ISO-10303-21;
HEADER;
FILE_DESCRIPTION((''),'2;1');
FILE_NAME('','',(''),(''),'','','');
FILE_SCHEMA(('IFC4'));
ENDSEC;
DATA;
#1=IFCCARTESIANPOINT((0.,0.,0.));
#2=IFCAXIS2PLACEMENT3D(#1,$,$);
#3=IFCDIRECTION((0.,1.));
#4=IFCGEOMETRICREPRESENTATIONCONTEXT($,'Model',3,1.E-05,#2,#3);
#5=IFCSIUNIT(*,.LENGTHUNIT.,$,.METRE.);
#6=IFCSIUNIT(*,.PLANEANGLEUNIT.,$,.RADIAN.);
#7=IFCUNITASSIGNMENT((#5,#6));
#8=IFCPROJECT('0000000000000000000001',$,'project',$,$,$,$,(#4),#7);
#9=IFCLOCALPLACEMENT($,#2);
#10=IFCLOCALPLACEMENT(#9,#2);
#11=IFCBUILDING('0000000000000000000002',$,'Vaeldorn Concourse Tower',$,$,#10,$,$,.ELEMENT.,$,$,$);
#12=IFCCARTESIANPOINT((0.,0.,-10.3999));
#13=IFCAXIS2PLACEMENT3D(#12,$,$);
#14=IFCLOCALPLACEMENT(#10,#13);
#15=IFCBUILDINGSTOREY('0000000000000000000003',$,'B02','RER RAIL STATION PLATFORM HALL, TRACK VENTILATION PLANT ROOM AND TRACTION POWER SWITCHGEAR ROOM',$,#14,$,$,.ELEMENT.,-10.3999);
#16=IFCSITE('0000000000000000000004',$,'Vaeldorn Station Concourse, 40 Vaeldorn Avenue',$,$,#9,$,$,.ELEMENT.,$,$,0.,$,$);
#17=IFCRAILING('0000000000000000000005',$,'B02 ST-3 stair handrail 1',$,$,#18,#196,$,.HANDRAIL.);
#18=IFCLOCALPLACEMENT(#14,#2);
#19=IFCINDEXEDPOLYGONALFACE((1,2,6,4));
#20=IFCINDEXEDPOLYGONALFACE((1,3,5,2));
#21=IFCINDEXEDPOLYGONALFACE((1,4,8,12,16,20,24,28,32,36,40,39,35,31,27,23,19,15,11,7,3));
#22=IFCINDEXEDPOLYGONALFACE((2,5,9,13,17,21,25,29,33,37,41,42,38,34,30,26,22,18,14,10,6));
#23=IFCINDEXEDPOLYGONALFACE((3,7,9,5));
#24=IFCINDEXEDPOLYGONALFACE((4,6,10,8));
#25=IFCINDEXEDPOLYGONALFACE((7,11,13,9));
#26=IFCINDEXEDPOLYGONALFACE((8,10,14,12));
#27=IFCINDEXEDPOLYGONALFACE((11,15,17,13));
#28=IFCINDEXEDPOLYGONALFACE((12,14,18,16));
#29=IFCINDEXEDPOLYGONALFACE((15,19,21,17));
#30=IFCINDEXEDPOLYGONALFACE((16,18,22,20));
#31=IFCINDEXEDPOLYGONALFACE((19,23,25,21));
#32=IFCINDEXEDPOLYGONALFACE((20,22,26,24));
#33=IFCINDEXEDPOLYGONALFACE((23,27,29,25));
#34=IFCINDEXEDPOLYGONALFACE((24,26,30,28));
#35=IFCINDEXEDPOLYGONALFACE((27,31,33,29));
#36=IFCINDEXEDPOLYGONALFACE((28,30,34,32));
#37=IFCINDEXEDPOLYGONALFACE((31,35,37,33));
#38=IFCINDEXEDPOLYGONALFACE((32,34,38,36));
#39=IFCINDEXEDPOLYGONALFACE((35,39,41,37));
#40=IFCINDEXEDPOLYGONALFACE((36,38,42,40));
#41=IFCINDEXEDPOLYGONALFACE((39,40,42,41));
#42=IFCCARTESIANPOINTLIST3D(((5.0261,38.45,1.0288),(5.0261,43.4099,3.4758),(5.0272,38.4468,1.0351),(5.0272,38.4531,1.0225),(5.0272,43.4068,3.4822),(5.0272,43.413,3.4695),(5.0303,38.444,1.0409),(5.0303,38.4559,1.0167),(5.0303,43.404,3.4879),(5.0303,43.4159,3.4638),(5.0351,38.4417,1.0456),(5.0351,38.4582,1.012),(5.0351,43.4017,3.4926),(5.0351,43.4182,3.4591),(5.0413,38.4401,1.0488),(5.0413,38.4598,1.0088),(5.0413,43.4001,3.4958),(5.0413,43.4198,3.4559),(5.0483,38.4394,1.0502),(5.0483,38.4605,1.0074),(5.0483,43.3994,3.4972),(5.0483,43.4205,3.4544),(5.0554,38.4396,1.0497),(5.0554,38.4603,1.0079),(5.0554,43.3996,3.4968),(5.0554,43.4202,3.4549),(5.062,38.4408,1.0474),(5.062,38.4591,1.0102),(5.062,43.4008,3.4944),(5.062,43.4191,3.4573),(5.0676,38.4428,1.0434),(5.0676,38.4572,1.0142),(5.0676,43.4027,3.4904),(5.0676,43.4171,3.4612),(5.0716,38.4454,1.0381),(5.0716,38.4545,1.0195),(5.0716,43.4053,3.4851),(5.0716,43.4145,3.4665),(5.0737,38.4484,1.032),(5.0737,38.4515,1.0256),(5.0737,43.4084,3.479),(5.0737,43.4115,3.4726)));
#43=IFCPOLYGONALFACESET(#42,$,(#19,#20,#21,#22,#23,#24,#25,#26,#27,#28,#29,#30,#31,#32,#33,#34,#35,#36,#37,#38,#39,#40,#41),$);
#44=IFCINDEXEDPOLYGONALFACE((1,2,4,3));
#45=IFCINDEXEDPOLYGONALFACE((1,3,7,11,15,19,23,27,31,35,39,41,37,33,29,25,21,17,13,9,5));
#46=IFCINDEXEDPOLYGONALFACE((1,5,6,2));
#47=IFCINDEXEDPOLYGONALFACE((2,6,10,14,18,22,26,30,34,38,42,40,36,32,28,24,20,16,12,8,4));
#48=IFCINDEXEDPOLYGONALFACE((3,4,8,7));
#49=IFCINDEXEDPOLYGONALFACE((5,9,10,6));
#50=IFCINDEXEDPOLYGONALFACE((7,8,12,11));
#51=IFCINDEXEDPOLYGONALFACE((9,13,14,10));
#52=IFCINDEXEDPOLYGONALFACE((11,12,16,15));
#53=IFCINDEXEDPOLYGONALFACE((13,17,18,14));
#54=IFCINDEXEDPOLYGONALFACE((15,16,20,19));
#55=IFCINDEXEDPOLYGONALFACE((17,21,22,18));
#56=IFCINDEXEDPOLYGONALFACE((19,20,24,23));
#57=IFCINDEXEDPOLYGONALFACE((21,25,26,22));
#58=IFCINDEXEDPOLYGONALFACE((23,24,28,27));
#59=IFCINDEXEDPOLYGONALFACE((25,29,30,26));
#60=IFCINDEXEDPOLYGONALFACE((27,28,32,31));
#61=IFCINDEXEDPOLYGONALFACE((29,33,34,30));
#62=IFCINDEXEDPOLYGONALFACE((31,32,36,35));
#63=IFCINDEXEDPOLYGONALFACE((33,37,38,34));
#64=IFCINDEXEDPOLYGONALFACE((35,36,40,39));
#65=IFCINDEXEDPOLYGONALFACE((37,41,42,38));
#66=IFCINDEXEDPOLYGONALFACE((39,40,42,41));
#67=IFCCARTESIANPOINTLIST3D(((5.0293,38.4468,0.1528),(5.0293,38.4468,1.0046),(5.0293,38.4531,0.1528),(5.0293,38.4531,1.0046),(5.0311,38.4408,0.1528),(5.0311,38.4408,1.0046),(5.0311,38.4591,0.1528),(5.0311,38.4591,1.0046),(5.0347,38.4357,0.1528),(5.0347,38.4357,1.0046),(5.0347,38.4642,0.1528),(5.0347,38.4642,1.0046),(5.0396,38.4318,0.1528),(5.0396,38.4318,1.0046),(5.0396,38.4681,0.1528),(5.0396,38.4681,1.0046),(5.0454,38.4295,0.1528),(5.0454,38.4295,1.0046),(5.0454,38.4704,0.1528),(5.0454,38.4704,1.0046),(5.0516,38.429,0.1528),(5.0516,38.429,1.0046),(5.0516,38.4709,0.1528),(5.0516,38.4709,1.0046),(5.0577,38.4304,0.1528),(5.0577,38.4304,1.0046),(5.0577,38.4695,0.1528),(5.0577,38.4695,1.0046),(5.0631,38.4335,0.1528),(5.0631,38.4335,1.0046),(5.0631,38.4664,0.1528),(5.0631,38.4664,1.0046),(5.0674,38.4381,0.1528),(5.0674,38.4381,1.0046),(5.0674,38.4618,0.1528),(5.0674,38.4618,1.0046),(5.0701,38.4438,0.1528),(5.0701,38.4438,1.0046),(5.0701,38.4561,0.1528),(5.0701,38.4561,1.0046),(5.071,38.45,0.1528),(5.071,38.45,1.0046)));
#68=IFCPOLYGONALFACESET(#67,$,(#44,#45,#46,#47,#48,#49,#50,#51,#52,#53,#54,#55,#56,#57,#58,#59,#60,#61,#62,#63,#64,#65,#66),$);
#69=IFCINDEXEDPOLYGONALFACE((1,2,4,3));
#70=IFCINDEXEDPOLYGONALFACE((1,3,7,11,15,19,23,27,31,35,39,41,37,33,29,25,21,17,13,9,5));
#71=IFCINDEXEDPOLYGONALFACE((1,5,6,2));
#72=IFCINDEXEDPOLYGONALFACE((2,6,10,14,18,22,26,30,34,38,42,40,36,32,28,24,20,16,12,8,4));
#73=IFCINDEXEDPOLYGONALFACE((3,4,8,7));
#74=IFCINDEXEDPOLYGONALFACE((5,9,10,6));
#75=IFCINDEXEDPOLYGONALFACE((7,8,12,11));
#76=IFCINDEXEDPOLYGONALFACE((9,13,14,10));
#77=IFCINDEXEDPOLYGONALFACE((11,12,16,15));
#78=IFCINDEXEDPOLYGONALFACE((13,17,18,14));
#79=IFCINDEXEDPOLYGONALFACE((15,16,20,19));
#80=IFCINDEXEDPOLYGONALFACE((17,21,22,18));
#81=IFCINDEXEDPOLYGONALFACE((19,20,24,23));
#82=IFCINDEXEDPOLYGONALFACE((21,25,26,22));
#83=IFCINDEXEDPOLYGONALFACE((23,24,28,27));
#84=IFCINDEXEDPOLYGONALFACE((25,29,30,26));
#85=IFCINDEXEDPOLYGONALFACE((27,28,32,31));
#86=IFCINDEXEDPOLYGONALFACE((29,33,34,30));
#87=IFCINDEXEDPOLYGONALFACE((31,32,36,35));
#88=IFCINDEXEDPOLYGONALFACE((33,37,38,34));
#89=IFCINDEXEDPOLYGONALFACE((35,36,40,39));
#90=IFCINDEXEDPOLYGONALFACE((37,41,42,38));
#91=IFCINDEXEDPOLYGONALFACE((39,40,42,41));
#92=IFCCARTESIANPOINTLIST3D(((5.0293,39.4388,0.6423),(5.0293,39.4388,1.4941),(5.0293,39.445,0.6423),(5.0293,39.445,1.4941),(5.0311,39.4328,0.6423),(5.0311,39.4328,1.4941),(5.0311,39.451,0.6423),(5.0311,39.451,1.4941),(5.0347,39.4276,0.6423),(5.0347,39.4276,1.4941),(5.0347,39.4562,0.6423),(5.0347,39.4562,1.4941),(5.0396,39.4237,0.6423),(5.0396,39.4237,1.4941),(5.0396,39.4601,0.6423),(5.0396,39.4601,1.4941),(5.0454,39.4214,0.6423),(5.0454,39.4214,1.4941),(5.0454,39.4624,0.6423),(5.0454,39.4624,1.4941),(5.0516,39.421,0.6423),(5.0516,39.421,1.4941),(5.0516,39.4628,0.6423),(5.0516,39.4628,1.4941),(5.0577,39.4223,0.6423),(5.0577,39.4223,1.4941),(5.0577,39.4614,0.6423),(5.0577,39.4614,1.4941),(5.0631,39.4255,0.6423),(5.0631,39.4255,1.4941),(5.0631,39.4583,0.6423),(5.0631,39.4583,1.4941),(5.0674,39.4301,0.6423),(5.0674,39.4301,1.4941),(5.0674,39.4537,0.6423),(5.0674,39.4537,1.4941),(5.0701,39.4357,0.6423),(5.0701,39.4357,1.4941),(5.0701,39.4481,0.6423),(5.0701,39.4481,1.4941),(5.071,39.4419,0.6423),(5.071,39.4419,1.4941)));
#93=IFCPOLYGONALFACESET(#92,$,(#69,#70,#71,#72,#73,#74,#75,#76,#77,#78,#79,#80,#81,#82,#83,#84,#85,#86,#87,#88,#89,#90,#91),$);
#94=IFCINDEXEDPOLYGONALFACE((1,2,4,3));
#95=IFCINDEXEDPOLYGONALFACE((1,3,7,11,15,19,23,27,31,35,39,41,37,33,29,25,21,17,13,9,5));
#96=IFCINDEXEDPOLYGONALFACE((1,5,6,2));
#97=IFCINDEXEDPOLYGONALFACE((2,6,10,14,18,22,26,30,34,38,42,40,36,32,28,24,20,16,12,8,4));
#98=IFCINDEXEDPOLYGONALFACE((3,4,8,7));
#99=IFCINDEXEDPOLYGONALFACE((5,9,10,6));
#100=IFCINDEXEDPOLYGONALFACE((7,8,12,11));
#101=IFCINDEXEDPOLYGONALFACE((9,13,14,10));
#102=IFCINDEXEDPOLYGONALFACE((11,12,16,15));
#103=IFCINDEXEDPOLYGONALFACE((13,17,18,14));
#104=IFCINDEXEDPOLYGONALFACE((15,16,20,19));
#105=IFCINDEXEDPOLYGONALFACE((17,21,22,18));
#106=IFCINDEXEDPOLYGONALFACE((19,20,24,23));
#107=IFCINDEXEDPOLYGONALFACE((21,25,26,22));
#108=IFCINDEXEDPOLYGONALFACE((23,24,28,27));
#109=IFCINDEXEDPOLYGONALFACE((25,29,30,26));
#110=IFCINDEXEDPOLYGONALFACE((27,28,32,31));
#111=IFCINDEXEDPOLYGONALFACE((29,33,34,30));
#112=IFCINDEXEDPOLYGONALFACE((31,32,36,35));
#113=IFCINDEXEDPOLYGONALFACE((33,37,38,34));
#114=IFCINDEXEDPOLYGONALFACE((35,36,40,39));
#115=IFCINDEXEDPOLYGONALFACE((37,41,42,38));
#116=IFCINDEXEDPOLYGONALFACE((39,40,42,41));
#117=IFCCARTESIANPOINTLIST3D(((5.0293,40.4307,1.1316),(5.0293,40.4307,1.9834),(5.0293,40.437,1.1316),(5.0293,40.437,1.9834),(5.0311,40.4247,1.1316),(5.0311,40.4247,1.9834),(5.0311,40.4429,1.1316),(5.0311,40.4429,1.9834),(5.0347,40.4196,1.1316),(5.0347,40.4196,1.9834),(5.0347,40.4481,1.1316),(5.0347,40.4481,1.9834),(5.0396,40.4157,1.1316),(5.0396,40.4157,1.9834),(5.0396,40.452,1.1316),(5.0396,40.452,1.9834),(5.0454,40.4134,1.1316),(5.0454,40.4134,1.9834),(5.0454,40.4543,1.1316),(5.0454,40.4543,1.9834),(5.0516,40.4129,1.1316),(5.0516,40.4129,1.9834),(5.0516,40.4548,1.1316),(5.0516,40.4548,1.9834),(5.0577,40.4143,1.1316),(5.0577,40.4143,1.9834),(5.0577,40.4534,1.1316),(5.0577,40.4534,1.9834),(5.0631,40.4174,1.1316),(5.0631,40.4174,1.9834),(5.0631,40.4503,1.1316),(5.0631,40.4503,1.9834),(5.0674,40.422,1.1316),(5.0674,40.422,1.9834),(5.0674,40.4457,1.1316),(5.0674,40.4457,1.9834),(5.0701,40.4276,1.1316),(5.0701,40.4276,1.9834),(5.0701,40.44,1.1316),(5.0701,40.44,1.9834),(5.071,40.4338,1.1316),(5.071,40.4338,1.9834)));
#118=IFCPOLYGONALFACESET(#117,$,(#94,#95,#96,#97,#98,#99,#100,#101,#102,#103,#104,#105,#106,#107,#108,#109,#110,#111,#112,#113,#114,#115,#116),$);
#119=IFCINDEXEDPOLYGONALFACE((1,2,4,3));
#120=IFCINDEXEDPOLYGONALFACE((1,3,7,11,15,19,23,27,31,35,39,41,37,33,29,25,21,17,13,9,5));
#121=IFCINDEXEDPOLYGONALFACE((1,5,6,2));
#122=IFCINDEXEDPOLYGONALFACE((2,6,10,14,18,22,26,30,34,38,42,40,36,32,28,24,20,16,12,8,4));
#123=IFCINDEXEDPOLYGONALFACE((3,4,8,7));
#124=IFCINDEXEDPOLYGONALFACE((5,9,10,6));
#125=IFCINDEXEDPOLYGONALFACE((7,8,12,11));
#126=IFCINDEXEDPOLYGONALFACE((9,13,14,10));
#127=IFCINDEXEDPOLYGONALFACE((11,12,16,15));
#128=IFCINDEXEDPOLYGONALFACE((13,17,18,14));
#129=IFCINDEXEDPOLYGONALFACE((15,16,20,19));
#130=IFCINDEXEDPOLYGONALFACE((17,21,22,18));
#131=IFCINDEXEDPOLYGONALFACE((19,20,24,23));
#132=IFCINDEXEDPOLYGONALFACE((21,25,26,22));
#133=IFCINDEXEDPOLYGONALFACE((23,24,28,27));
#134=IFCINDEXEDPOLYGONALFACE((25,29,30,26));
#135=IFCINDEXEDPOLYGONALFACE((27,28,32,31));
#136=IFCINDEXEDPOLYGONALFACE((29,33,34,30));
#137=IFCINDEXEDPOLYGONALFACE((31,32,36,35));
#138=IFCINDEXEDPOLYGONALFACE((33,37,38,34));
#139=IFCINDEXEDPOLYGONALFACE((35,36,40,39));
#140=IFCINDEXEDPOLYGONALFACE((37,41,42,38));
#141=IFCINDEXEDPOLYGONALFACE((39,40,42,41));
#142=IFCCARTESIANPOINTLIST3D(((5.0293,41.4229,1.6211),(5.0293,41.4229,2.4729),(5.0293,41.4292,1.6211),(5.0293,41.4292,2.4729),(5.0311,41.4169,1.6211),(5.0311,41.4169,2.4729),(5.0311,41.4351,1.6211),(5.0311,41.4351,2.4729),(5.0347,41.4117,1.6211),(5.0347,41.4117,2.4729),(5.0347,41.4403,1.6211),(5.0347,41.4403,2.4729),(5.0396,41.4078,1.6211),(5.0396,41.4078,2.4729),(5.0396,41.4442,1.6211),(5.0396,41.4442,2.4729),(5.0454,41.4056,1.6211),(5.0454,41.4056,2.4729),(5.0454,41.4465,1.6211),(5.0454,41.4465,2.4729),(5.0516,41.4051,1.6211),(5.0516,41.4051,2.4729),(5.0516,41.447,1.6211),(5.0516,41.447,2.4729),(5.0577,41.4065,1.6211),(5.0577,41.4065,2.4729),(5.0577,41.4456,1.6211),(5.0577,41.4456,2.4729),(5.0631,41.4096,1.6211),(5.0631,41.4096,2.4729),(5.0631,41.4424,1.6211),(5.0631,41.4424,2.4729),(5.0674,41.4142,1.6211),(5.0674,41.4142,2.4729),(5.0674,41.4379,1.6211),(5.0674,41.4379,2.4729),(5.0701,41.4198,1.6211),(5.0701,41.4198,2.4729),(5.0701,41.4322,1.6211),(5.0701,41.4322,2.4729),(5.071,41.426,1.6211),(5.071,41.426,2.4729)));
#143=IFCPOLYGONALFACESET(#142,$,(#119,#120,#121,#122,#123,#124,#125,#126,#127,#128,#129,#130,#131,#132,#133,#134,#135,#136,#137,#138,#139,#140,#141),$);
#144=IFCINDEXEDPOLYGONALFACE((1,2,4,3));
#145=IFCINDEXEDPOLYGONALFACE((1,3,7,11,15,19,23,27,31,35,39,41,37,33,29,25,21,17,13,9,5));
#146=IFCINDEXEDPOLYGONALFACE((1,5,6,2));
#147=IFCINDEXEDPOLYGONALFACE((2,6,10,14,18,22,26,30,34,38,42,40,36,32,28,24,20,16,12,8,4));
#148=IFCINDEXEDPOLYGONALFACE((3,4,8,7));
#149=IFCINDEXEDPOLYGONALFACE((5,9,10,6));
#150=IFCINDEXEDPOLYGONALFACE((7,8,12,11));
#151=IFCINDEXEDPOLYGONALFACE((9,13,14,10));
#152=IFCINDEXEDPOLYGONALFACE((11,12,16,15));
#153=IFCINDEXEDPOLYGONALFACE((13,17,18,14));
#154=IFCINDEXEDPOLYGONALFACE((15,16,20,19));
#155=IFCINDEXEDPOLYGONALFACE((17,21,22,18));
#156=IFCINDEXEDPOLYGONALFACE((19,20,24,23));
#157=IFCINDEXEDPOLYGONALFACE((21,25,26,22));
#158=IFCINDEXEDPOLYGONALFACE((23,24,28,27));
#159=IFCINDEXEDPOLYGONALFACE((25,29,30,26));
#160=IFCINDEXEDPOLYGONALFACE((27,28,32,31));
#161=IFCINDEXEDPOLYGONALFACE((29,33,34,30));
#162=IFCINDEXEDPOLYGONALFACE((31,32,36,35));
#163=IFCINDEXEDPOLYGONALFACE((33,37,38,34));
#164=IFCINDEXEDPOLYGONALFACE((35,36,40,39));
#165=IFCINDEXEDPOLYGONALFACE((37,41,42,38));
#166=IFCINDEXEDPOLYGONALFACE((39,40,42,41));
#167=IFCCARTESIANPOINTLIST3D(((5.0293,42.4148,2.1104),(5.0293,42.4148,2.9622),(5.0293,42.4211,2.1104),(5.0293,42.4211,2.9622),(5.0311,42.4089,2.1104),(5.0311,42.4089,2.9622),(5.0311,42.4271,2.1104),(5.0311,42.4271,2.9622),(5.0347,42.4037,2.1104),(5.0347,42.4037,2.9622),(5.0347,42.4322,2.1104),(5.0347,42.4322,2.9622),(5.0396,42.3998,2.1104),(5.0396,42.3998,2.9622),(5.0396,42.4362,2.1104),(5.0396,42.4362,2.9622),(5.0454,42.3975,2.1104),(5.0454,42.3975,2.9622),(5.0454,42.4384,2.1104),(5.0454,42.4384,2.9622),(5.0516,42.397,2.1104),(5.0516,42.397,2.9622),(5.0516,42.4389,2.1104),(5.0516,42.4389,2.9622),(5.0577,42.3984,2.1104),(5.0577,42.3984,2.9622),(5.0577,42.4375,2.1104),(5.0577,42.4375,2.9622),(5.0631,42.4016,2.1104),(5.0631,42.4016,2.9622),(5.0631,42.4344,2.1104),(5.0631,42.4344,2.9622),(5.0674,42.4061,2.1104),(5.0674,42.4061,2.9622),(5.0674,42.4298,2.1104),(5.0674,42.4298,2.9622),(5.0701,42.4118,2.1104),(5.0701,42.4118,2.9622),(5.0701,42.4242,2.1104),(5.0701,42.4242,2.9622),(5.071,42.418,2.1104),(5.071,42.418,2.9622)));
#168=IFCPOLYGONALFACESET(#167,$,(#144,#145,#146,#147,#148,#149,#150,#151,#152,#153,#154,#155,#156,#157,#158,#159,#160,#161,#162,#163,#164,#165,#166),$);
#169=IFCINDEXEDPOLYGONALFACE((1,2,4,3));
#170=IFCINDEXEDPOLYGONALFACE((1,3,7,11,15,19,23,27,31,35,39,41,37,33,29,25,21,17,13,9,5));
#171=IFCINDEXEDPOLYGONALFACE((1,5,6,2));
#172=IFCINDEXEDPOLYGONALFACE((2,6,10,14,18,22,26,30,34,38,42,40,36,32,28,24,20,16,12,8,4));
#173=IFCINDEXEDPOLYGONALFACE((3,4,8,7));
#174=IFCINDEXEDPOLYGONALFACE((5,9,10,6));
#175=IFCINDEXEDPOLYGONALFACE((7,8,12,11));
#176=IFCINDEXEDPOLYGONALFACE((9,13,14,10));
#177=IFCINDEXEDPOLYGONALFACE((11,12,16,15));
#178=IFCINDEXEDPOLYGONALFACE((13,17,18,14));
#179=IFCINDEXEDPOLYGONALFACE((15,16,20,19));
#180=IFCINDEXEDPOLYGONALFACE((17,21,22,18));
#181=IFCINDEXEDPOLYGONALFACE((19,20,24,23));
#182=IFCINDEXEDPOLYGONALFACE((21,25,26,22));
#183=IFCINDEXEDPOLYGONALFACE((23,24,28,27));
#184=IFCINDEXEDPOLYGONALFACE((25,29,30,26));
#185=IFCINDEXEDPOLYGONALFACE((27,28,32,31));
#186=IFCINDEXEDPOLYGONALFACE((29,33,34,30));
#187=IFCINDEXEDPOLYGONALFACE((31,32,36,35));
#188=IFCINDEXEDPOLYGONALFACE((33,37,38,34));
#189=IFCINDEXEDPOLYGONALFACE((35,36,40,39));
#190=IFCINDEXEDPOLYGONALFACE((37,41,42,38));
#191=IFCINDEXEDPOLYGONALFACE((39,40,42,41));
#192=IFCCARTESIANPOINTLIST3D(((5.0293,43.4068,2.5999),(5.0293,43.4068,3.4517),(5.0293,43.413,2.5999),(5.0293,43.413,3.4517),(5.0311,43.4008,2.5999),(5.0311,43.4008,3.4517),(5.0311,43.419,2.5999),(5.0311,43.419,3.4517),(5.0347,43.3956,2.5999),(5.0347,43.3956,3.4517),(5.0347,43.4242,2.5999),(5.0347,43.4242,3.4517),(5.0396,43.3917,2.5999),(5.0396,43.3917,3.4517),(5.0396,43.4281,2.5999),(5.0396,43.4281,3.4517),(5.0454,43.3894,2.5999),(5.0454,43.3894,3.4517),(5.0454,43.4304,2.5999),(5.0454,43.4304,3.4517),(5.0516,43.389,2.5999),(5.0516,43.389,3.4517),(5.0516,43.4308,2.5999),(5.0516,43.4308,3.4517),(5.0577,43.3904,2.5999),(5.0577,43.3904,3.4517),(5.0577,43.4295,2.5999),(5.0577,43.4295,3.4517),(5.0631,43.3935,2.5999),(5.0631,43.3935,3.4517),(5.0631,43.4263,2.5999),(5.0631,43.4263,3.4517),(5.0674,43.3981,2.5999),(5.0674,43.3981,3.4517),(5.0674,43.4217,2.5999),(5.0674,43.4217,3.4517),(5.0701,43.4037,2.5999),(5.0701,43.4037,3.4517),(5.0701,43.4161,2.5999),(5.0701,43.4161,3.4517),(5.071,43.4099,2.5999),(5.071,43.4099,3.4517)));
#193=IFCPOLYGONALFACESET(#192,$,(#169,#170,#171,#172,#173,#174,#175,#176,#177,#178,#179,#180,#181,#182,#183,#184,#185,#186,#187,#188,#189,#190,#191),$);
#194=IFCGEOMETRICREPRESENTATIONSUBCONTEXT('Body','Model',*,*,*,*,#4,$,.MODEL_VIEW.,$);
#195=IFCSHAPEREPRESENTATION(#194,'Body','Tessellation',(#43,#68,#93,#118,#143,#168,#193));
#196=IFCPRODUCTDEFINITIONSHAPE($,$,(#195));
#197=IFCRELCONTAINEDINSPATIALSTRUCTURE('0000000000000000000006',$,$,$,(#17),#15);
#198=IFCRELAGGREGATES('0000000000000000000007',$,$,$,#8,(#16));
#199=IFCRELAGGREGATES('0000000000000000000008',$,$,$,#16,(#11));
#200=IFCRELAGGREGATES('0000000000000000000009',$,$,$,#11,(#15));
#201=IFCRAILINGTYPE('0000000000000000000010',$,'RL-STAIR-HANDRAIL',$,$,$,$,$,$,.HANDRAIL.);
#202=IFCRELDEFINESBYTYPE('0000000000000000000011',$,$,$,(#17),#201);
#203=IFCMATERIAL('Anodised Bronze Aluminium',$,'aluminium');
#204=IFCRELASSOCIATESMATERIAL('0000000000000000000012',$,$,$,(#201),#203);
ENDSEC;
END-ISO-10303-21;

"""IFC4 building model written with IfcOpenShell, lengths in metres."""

from ifc_helpers import new_model, si_unit, direction, frame, origin, origin_2d, place, context, subcontext, project, spatial, circle, extrude, material, type_object, element, save


model = new_model("IFC4")

# Units and contexts
model_context = context("Model", 3, precision=1e-05, world=origin(), true_north=direction((0.0, 1.0)))
body_context = subcontext(model_context, "Body", "Model", "MODEL_VIEW")
ifc_project = project(units=[si_unit("LENGTHUNIT", "METRE"), si_unit("PLANEANGLEUNIT", "RADIAN")], contexts=[model_context])

# Site, building, storey
site_placement = place(None, origin())
site = spatial("IfcSite", under=ifc_project, at=site_placement, Name="Vaeldorn Station Concourse, 40 Vaeldorn Avenue", CompositionType="ELEMENT", RefElevation=0.0)
building_placement = place(site_placement, origin())
building = spatial("IfcBuilding", under=site, at=building_placement, Name="Vaeldorn Concourse Tower", CompositionType="ELEMENT")
storey_placement = place(building_placement, frame((0.0, 0.0, -10.3999)))
storey = spatial("IfcBuildingStorey", under=building, at=storey_placement, Name="B02", Description="RER RAIL STATION PLATFORM HALL, TRACK VENTILATION PLANT ROOM AND TRACTION POWER SWITCHGEAR ROOM", CompositionType="ELEMENT", Elevation=-10.3999)

# Railing
ifc_material_1 = material(Name="Anodised Bronze Aluminium", Category="aluminium")
railing_type_1 = type_object("IfcRailingType", Name="RL-STAIR-HANDRAIL", PredefinedType="HANDRAIL", material=ifc_material_1)
railing_1_placement = place(storey_placement, frame((5.05, 38.45, 0.1528)))
element("IfcRailing", 1, at=railing_1_placement, inside=storey, type_object=railing_type_1, Name="B02 ST-3 stair handrail 1", PredefinedType="HANDRAIL", context=body_context, shape_type="SweptSolid", body=[
    extrude(circle(Radius=0.0239, at=origin_2d()), frame((0.0, 0.0, 0.876), z_axis=(0.0, 0.896798, 0.44244), x_axis=(-1.0, 0.0, 0.0)), (0.0, 0.0, 1.0), 5.5308),
    extrude(circle(Radius=0.021, at=origin_2d()), origin(), (0.0, 0.0, 1.0), 0.8518),
    extrude(circle(Radius=0.021, at=origin_2d()), frame((0.0, 0.9919, 0.4895)), (0.0, 0.0, 1.0), 0.8518),
    extrude(circle(Radius=0.021, at=origin_2d()), frame((0.0, 1.9839, 0.9788)), (0.0, 0.0, 1.0), 0.8518),
    extrude(circle(Radius=0.021, at=origin_2d()), frame((0.0, 2.9761, 1.4683)), (0.0, 0.0, 1.0), 0.8518),
    extrude(circle(Radius=0.021, at=origin_2d()), frame((0.0, 3.968, 1.9575)), (0.0, 0.0, 1.0), 0.8518),
    extrude(circle(Radius=0.021, at=origin_2d()), frame((0.0, 4.96, 2.447)), (0.0, 0.0, 1.0), 0.8518),
])

save(model, "model.ifc")
